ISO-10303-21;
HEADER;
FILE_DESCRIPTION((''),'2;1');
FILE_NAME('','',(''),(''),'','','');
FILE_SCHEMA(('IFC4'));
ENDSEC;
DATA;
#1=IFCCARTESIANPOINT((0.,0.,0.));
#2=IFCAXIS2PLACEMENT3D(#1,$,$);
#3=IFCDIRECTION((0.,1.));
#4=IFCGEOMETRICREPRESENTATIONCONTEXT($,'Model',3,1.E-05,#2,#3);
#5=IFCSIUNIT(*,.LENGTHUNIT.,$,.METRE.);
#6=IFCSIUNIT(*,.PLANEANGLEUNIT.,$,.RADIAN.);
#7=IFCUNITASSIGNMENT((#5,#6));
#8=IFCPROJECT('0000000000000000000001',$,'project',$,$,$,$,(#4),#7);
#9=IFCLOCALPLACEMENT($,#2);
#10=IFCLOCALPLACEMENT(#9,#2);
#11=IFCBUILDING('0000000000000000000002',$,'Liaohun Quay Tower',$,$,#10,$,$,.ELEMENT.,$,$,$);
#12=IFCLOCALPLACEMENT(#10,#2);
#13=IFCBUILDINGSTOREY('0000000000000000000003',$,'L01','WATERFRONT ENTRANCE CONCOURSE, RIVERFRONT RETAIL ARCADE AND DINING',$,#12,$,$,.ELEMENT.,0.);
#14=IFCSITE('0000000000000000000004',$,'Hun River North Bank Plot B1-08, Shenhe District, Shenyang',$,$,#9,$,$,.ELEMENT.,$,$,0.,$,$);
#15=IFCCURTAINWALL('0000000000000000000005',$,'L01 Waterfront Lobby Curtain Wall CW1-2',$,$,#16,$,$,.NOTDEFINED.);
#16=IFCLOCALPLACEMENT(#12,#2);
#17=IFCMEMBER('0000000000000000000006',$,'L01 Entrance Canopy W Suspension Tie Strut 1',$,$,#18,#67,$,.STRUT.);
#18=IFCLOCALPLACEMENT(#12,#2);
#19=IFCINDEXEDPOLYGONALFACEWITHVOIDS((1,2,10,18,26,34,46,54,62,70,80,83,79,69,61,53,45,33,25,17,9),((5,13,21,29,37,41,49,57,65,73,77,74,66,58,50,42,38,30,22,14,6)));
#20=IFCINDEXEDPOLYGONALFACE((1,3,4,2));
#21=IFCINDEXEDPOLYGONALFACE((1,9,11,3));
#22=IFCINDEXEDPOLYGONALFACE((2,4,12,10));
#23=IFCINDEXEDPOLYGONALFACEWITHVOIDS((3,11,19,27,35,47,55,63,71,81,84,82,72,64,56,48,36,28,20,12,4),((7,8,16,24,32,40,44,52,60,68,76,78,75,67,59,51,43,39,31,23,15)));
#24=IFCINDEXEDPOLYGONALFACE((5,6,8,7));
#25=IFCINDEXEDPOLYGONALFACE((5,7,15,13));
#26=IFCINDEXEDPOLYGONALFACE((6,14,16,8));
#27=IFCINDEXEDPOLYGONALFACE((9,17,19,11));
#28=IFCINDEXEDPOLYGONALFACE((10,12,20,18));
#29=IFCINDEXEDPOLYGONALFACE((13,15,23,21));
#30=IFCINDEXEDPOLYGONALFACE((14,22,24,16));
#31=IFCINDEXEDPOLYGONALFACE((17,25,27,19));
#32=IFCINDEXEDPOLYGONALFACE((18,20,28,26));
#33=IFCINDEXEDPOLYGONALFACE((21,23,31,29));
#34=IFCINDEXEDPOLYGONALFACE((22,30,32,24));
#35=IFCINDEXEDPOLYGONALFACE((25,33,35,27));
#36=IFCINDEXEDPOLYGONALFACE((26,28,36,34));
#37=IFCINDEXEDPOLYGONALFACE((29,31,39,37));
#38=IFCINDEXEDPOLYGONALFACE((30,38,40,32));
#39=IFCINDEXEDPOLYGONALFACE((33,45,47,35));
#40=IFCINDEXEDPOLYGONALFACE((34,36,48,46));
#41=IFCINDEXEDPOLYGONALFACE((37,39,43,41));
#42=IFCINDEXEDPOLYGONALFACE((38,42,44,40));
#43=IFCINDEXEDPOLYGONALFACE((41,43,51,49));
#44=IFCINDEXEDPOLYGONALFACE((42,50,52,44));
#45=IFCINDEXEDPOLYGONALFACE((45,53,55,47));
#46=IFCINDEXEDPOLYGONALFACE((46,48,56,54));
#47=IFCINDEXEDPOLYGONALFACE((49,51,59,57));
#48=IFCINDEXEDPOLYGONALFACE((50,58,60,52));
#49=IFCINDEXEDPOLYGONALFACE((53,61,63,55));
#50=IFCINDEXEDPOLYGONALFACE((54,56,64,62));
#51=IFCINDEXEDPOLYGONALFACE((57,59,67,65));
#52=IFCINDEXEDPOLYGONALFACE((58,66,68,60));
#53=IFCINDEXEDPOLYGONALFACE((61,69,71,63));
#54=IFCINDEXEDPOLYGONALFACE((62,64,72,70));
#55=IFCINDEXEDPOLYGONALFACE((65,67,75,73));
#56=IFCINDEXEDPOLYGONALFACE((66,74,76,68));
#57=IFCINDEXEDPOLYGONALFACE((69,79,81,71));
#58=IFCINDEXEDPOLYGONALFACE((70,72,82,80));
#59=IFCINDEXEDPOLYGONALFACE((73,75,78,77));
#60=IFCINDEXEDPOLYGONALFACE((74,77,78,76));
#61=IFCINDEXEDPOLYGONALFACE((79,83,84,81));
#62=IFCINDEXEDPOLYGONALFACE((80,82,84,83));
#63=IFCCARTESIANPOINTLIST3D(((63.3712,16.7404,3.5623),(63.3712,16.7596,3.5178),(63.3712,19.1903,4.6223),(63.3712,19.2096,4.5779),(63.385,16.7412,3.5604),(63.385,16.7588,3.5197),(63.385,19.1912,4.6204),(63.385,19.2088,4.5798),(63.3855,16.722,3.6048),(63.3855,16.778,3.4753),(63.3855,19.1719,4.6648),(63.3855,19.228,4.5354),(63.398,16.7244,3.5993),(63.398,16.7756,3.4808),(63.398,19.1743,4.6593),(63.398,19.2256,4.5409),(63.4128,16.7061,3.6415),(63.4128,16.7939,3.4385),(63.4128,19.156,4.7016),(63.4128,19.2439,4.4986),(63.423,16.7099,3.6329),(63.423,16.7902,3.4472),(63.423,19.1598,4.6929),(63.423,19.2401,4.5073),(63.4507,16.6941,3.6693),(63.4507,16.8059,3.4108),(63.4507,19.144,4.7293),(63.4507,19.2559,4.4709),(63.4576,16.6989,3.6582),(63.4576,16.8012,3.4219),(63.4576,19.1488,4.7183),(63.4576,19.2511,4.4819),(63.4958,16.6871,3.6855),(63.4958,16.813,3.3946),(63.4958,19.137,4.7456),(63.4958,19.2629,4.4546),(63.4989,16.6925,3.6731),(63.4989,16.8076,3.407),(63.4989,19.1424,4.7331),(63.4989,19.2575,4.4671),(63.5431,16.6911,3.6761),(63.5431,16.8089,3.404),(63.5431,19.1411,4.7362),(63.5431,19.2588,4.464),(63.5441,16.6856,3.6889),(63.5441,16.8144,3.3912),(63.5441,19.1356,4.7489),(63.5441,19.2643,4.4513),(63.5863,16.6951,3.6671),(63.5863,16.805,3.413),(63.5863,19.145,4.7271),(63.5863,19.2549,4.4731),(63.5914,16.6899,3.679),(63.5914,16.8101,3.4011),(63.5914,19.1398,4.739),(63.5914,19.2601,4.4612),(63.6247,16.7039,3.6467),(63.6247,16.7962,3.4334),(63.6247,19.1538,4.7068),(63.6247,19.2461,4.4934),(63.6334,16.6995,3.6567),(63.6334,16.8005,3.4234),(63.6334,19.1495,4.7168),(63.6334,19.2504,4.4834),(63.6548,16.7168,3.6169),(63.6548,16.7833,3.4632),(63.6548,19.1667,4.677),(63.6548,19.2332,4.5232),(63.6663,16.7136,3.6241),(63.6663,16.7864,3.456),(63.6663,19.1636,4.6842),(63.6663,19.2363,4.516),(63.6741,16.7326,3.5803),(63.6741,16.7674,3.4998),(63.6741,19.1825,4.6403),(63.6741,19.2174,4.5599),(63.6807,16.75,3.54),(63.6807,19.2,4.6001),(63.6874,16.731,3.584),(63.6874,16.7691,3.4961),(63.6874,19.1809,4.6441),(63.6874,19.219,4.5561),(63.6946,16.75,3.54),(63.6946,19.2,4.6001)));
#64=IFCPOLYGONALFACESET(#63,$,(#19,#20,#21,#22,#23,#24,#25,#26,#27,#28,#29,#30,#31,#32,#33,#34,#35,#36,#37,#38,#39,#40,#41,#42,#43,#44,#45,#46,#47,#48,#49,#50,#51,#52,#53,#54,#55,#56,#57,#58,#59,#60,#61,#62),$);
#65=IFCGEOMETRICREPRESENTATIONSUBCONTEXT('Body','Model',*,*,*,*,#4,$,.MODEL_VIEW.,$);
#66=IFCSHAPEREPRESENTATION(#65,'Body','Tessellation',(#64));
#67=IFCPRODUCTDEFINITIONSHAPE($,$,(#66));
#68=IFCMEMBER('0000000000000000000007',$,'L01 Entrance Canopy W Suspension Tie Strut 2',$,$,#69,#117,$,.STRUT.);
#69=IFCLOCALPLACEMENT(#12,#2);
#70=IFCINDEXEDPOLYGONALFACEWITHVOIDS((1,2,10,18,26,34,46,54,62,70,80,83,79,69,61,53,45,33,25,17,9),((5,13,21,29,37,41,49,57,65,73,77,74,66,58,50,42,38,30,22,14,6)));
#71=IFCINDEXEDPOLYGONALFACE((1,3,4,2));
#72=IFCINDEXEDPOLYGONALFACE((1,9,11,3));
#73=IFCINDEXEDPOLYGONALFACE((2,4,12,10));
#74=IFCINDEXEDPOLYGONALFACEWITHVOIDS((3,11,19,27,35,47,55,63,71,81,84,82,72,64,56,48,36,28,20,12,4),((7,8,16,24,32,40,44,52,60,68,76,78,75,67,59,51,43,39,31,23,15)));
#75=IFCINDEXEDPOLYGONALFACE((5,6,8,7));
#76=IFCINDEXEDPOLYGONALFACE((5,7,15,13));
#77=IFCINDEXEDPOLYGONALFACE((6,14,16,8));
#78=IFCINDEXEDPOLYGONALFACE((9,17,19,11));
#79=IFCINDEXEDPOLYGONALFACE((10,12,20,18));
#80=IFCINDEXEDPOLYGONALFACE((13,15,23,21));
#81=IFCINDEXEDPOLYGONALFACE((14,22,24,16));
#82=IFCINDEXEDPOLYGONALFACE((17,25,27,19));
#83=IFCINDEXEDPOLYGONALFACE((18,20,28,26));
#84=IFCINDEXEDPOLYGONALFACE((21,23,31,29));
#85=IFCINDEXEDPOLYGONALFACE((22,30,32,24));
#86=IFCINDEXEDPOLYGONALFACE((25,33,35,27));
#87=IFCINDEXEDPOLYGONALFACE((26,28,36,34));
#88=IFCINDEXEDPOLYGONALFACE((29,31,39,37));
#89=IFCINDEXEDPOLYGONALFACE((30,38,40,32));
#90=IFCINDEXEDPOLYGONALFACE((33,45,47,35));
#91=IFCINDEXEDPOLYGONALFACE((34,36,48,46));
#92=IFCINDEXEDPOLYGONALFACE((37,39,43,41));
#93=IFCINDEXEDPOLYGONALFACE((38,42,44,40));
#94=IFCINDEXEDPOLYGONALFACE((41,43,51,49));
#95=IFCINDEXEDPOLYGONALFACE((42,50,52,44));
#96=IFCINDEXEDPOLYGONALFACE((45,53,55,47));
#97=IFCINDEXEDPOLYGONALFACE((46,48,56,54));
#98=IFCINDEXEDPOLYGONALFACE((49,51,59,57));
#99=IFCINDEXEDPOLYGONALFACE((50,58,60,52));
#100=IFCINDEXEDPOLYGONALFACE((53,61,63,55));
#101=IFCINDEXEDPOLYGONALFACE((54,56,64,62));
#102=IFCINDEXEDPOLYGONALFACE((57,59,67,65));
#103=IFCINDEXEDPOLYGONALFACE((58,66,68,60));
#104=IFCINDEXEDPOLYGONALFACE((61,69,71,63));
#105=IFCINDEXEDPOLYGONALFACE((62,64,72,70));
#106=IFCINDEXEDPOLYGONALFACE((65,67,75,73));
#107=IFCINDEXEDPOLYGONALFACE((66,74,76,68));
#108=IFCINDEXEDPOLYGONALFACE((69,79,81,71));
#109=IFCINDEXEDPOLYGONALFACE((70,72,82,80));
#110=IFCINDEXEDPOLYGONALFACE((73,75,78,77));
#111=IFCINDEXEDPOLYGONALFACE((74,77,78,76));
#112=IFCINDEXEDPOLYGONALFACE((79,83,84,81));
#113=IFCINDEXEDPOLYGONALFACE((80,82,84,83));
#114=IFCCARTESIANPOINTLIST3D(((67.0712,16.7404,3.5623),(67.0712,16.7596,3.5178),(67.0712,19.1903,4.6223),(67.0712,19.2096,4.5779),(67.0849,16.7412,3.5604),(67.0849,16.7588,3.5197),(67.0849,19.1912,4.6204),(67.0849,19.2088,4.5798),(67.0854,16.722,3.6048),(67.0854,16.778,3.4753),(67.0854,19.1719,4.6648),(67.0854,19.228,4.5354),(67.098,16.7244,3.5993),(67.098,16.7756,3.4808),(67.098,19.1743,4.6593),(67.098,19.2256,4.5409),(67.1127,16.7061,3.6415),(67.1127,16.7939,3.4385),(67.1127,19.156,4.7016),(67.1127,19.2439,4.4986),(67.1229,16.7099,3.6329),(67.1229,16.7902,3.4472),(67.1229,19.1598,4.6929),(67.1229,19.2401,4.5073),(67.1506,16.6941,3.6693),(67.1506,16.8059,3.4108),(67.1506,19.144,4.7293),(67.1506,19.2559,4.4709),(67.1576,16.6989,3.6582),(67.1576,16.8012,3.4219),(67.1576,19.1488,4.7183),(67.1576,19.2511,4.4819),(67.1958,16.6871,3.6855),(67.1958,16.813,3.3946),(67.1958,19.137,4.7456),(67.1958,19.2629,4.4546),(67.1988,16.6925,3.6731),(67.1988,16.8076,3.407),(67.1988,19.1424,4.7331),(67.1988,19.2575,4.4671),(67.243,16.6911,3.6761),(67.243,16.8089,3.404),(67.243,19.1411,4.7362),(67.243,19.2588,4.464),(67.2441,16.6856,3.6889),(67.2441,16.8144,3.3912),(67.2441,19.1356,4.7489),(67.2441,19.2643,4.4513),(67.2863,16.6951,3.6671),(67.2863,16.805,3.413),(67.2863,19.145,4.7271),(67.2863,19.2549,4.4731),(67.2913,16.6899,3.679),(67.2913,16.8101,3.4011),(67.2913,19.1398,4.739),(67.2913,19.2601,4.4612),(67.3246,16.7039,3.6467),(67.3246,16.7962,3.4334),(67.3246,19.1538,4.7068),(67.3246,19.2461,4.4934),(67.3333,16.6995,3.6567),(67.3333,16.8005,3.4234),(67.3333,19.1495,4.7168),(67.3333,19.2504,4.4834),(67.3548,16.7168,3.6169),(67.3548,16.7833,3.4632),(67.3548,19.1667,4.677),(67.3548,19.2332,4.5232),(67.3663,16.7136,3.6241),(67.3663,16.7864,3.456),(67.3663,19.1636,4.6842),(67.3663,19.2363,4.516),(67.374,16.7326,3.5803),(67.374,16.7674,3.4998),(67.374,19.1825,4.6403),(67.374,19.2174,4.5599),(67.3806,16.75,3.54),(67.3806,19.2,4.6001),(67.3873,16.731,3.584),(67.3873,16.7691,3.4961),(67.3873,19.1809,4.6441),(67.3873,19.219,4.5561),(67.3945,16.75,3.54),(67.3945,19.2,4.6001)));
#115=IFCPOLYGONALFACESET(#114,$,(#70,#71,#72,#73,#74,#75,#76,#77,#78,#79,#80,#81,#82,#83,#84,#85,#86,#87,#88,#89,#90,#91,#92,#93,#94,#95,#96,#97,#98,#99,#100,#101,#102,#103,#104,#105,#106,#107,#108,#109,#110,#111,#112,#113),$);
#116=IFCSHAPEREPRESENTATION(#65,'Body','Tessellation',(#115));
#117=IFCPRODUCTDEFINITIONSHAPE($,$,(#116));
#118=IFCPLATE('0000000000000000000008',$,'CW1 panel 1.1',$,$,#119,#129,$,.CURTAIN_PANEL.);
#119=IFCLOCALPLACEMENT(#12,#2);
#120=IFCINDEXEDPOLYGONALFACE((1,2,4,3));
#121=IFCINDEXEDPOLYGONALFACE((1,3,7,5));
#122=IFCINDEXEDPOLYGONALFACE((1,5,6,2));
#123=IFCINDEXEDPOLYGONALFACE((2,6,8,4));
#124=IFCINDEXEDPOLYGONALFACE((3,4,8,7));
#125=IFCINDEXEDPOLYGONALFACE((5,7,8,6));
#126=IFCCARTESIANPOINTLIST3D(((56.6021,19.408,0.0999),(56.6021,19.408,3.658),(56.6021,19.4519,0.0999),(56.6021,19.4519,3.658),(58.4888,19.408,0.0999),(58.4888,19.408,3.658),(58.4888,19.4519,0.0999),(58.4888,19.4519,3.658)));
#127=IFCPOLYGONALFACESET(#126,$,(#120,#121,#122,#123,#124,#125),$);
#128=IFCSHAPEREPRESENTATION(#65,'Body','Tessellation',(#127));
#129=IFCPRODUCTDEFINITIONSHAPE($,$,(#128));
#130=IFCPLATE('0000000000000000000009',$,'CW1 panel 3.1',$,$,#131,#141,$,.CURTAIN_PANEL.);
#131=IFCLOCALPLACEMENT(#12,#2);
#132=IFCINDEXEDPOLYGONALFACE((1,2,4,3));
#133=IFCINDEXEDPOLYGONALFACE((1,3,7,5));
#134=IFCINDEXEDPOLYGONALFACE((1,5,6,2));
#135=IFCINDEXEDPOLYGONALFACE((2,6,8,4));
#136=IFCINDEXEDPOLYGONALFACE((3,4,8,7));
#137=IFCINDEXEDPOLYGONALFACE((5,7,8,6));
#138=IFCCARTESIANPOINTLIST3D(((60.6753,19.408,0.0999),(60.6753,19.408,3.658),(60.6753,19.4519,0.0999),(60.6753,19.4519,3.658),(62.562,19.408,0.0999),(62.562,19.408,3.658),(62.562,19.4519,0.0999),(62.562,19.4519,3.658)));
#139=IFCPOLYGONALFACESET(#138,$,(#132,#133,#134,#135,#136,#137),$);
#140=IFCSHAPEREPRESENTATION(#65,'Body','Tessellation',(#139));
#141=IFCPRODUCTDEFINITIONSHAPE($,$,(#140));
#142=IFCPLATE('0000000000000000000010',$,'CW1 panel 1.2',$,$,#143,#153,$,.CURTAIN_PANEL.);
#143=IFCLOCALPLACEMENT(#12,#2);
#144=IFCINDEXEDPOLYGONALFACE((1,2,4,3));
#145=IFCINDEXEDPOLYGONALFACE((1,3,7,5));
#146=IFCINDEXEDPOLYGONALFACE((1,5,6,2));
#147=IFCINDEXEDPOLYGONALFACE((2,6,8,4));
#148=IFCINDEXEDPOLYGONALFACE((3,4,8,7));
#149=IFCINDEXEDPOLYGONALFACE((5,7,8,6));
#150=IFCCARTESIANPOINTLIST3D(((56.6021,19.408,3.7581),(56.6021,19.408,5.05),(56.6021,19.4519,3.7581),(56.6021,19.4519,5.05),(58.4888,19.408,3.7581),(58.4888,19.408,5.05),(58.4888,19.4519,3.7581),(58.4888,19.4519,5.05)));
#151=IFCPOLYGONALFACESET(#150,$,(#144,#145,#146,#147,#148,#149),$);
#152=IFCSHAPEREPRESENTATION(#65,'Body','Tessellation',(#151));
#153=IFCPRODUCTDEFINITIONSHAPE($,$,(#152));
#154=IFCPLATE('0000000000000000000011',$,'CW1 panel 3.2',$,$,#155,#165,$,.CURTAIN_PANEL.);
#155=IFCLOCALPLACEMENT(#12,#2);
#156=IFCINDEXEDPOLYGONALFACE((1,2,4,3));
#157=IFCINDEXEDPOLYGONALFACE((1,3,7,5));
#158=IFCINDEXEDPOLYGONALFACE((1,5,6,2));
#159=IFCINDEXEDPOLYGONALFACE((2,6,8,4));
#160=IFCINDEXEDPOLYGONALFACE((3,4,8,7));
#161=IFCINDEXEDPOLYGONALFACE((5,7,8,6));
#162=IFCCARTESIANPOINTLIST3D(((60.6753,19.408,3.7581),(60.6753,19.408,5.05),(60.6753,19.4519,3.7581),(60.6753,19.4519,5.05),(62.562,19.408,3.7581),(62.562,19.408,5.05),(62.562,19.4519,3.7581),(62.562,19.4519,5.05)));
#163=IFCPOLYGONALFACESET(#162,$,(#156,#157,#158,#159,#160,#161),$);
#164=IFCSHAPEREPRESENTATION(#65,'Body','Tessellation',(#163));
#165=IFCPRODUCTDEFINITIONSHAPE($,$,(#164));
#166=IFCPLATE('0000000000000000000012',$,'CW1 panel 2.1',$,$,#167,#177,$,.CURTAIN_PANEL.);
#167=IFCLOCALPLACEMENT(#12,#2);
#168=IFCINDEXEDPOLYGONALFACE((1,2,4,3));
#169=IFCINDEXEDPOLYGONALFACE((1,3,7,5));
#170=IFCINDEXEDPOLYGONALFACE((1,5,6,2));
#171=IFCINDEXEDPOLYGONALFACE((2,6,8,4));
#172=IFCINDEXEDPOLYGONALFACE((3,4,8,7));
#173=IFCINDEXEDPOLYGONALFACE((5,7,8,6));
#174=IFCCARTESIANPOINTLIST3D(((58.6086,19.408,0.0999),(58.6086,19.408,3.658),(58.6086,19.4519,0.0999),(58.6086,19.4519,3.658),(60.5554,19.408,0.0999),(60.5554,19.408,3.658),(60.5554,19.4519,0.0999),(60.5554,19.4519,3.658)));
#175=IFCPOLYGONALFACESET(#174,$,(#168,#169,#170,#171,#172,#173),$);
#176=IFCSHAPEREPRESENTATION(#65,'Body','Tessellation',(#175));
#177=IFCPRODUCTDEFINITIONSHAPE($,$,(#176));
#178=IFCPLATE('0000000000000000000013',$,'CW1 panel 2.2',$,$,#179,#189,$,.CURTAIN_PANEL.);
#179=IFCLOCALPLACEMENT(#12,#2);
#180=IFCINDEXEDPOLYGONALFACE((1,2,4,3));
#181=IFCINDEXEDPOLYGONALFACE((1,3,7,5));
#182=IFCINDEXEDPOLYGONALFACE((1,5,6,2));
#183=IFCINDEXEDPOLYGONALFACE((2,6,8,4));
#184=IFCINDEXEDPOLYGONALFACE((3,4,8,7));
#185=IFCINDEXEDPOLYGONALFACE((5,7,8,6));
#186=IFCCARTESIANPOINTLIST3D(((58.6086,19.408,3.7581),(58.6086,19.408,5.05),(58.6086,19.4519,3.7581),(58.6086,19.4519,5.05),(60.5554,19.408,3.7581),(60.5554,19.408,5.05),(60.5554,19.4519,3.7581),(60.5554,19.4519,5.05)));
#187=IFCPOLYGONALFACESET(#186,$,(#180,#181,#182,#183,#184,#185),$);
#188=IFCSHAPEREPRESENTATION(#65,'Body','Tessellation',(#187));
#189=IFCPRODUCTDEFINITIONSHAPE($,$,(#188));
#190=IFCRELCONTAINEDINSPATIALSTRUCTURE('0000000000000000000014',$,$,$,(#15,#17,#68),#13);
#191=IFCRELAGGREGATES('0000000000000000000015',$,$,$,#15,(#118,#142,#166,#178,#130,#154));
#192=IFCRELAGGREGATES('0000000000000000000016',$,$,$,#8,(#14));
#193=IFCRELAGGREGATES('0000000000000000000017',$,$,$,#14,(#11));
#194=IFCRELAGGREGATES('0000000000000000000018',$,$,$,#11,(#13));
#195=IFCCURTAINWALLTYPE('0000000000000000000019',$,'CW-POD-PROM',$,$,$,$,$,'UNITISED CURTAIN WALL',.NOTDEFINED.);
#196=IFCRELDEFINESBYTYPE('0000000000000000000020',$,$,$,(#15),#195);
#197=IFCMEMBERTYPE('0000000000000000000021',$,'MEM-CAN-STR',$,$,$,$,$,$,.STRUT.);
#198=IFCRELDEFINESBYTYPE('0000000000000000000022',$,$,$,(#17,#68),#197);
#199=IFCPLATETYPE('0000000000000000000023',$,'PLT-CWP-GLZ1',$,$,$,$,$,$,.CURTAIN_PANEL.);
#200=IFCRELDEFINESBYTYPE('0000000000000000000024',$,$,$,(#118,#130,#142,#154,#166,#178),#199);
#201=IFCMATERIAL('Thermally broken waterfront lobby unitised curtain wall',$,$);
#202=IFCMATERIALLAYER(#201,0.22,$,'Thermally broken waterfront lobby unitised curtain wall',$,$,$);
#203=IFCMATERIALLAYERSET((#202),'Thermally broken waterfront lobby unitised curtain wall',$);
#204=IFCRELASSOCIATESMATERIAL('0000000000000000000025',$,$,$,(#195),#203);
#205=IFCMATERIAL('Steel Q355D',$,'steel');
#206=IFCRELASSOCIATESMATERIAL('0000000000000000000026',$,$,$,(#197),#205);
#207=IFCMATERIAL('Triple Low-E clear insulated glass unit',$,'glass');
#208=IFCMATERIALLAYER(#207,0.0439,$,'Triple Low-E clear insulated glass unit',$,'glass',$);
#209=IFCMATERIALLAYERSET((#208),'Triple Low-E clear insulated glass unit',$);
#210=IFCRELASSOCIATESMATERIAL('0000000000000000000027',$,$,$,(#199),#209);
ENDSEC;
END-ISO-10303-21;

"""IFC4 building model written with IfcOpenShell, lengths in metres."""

from ifc_helpers import new_model, si_unit, direction, frame, origin, origin_2d, place, context, subcontext, project, spatial, rectangle, hollow_circle, extrude, source, transform, mapped, material, layer, layer_set, material_profile, profile_set, type_object, element, aggregate, save


model = new_model("IFC4")

# Units and contexts
model_context = context("Model", 3, precision=1e-05, world=origin(), true_north=direction((0.0, 1.0)))
body_context = subcontext(model_context, "Body", "Model", "MODEL_VIEW")
ifc_project = project(units=[si_unit("LENGTHUNIT", "METRE"), si_unit("PLANEANGLEUNIT", "RADIAN")], contexts=[model_context])

# Site, building, storey
site_placement = place(None, origin())
site = spatial("IfcSite", under=ifc_project, at=site_placement, Name="Hun River North Bank Plot B1-08, Shenhe District, Shenyang", CompositionType="ELEMENT", RefElevation=0.0)
building_placement = place(site_placement, origin())
building = spatial("IfcBuilding", under=site, at=building_placement, Name="Liaohun Quay Tower", CompositionType="ELEMENT")
storey_placement = place(building_placement, origin())
storey = spatial("IfcBuildingStorey", under=building, at=storey_placement, Name="L01", Description="WATERFRONT ENTRANCE CONCOURSE, RIVERFRONT RETAIL ARCADE AND DINING", CompositionType="ELEMENT", Elevation=0.0)

# Shared definitions
ifc_material_1 = material(Name="Steel Q355D", Category="steel")

# Curtain wall
ifc_material_2 = material(Name="Thermally broken waterfront lobby unitised curtain wall")
ifc_layer_1 = layer(ifc_material_2, 0.22, Name="Thermally broken waterfront lobby unitised curtain wall")
ifc_layer_set_1 = layer_set([ifc_layer_1], Name="Thermally broken waterfront lobby unitised curtain wall")
curtain_wall_type = type_object("IfcCurtainWallType", Name="CW-POD-PROM", ElementType="UNITISED CURTAIN WALL", PredefinedType="NOTDEFINED", material=ifc_layer_set_1)
curtain_wall_placement = place(storey_placement, origin())
curtain_wall = element("IfcCurtainWall", 1, at=curtain_wall_placement, inside=storey, type_object=curtain_wall_type, Name="L01 Waterfront Lobby Curtain Wall CW1-2", PredefinedType="NOTDEFINED")

# Members
ifc_material_profile_1 = material_profile(ifc_material_1, hollow_circle(Radius=0.1626, WallThickness=0.0139, at=origin_2d()), Name="CHS325x14")
ifc_profile_set_1 = profile_set([ifc_material_profile_1], Name="Steel Q355D")
member_type_1 = type_object("IfcMemberType", Name="MEM-CAN-STR", PredefinedType="STRUT", material=ifc_profile_set_1)
shared_shape_1 = source(origin(), body_context, "Body", "SweptSolid", [
    extrude(hollow_circle(Radius=0.1626, WallThickness=0.0139, at=origin_2d()), origin(), (0.0, 0.0, 1.0), 2.6694),
])
for number, where, z_axis, x_axis, name in (
    (2, (63.532, 19.2, 4.6001), (0.0, -0.917772, -0.397107), (1.0, 0.0, 0.0), "L01 Entrance Canopy W Suspension Tie Strut 1"),
    (3, (67.2319, 19.2, 4.6001), (0.0, -0.917772, -0.397107), (1.0, 0.0, 0.0), "L01 Entrance Canopy W Suspension Tie Strut 2"),
):
    element("IfcMember", number, at=place(storey_placement, frame(where, z_axis=z_axis, x_axis=x_axis)), inside=storey, type_object=member_type_1, Name=name, PredefinedType="STRUT", context=body_context, shape_type="MappedRepresentation", body=[
        mapped(shared_shape_1, transform((0.0, 0.0, 0.0), x_axis=(1.0, 0.0, 0.0), y_axis=(0.0, 1.0, 0.0), z_axis=(0.0, 0.0, 1.0), scale=1.0)),
    ])

# Plates
ifc_material_3 = material(Name="Triple Low-E clear insulated glass unit", Category="glass")
ifc_layer_2 = layer(ifc_material_3, 0.0439, Name="Triple Low-E clear insulated glass unit", Category="glass")
ifc_layer_set_2 = layer_set([ifc_layer_2], Name="Triple Low-E clear insulated glass unit")
plate_type_1 = type_object("IfcPlateType", Name="PLT-CWP-GLZ1", PredefinedType="CURTAIN_PANEL", material=ifc_layer_set_2)
shared_shape_2 = source(origin(), body_context, "Body", "SweptSolid", [
    extrude(rectangle(XDim=1.8867, YDim=0.0439, at=origin_2d()), origin(), (0.0, 0.0, 1.0), 3.5581),
])
plate_1_placement = place(storey_placement, frame((57.5454, 19.4299, 0.0999), z_axis=(0.0, 0.0, 1.0), x_axis=(1.0, 0.0, 0.0)))
plate_1 = element("IfcPlate", 4, at=plate_1_placement, type_object=plate_type_1, Name="CW1 panel 1.1", PredefinedType="CURTAIN_PANEL", context=body_context, shape_type="MappedRepresentation", body=[
    mapped(shared_shape_2, transform((0.0, 0.0, 0.0), x_axis=(1.0, 0.0, 0.0), y_axis=(0.0, 1.0, 0.0), z_axis=(0.0, 0.0, 1.0), scale=1.0)),
])
plate_2_placement = place(storey_placement, frame((61.6187, 19.4299, 0.0999), z_axis=(0.0, 0.0, 1.0), x_axis=(1.0, 0.0, 0.0)))
plate_2 = element("IfcPlate", 5, at=plate_2_placement, type_object=plate_type_1, Name="CW1 panel 3.1", PredefinedType="CURTAIN_PANEL", context=body_context, shape_type="MappedRepresentation", body=[
    mapped(shared_shape_2, transform((0.0, 0.0, 0.0), x_axis=(1.0, 0.0, 0.0), y_axis=(0.0, 1.0, 0.0), z_axis=(0.0, 0.0, 1.0), scale=1.0)),
])
shared_shape_3 = source(origin(), body_context, "Body", "SweptSolid", [
    extrude(rectangle(XDim=1.8867, YDim=0.0439, at=origin_2d()), origin(), (0.0, 0.0, 1.0), 1.292),
])
plate_3_placement = place(storey_placement, frame((57.5454, 19.4299, 3.7581), z_axis=(0.0, 0.0, 1.0), x_axis=(1.0, 0.0, 0.0)))
plate_3 = element("IfcPlate", 6, at=plate_3_placement, type_object=plate_type_1, Name="CW1 panel 1.2", PredefinedType="CURTAIN_PANEL", context=body_context, shape_type="MappedRepresentation", body=[
    mapped(shared_shape_3, transform((0.0, 0.0, 0.0), x_axis=(1.0, 0.0, 0.0), y_axis=(0.0, 1.0, 0.0), z_axis=(0.0, 0.0, 1.0), scale=1.0)),
])
plate_4_placement = place(storey_placement, frame((61.6187, 19.4299, 3.7581), z_axis=(0.0, 0.0, 1.0), x_axis=(1.0, 0.0, 0.0)))
plate_4 = element("IfcPlate", 7, at=plate_4_placement, type_object=plate_type_1, Name="CW1 panel 3.2", PredefinedType="CURTAIN_PANEL", context=body_context, shape_type="MappedRepresentation", body=[
    mapped(shared_shape_3, transform((0.0, 0.0, 0.0), x_axis=(1.0, 0.0, 0.0), y_axis=(0.0, 1.0, 0.0), z_axis=(0.0, 0.0, 1.0), scale=1.0)),
])
shared_shape_4 = source(origin(), body_context, "Body", "SweptSolid", [
    extrude(rectangle(XDim=1.9468, YDim=0.0439, at=origin_2d()), origin(), (0.0, 0.0, 1.0), 3.5581),
])
plate_5_placement = place(storey_placement, frame((59.582, 19.4299, 0.0999), z_axis=(0.0, 0.0, 1.0), x_axis=(1.0, 0.0, 0.0)))
plate_5 = element("IfcPlate", 8, at=plate_5_placement, type_object=plate_type_1, Name="CW1 panel 2.1", PredefinedType="CURTAIN_PANEL", context=body_context, shape_type="MappedRepresentation", body=[
    mapped(shared_shape_4, transform((0.0, 0.0, 0.0), x_axis=(1.0, 0.0, 0.0), y_axis=(0.0, 1.0, 0.0), z_axis=(0.0, 0.0, 1.0), scale=1.0)),
])
shared_shape_5 = source(origin(), body_context, "Body", "SweptSolid", [
    extrude(rectangle(XDim=1.9468, YDim=0.0439, at=origin_2d()), origin(), (0.0, 0.0, 1.0), 1.292),
])
plate_6_placement = place(storey_placement, frame((59.582, 19.4299, 3.7581), z_axis=(0.0, 0.0, 1.0), x_axis=(1.0, 0.0, 0.0)))
plate_6 = element("IfcPlate", 9, at=plate_6_placement, type_object=plate_type_1, Name="CW1 panel 2.2", PredefinedType="CURTAIN_PANEL", context=body_context, shape_type="MappedRepresentation", body=[
    mapped(shared_shape_5, transform((0.0, 0.0, 0.0), x_axis=(1.0, 0.0, 0.0), y_axis=(0.0, 1.0, 0.0), z_axis=(0.0, 0.0, 1.0), scale=1.0)),
])
aggregate(curtain_wall, [plate_1, plate_3, plate_5, plate_6, plate_2, plate_4])

save(model, "model.ifc")
